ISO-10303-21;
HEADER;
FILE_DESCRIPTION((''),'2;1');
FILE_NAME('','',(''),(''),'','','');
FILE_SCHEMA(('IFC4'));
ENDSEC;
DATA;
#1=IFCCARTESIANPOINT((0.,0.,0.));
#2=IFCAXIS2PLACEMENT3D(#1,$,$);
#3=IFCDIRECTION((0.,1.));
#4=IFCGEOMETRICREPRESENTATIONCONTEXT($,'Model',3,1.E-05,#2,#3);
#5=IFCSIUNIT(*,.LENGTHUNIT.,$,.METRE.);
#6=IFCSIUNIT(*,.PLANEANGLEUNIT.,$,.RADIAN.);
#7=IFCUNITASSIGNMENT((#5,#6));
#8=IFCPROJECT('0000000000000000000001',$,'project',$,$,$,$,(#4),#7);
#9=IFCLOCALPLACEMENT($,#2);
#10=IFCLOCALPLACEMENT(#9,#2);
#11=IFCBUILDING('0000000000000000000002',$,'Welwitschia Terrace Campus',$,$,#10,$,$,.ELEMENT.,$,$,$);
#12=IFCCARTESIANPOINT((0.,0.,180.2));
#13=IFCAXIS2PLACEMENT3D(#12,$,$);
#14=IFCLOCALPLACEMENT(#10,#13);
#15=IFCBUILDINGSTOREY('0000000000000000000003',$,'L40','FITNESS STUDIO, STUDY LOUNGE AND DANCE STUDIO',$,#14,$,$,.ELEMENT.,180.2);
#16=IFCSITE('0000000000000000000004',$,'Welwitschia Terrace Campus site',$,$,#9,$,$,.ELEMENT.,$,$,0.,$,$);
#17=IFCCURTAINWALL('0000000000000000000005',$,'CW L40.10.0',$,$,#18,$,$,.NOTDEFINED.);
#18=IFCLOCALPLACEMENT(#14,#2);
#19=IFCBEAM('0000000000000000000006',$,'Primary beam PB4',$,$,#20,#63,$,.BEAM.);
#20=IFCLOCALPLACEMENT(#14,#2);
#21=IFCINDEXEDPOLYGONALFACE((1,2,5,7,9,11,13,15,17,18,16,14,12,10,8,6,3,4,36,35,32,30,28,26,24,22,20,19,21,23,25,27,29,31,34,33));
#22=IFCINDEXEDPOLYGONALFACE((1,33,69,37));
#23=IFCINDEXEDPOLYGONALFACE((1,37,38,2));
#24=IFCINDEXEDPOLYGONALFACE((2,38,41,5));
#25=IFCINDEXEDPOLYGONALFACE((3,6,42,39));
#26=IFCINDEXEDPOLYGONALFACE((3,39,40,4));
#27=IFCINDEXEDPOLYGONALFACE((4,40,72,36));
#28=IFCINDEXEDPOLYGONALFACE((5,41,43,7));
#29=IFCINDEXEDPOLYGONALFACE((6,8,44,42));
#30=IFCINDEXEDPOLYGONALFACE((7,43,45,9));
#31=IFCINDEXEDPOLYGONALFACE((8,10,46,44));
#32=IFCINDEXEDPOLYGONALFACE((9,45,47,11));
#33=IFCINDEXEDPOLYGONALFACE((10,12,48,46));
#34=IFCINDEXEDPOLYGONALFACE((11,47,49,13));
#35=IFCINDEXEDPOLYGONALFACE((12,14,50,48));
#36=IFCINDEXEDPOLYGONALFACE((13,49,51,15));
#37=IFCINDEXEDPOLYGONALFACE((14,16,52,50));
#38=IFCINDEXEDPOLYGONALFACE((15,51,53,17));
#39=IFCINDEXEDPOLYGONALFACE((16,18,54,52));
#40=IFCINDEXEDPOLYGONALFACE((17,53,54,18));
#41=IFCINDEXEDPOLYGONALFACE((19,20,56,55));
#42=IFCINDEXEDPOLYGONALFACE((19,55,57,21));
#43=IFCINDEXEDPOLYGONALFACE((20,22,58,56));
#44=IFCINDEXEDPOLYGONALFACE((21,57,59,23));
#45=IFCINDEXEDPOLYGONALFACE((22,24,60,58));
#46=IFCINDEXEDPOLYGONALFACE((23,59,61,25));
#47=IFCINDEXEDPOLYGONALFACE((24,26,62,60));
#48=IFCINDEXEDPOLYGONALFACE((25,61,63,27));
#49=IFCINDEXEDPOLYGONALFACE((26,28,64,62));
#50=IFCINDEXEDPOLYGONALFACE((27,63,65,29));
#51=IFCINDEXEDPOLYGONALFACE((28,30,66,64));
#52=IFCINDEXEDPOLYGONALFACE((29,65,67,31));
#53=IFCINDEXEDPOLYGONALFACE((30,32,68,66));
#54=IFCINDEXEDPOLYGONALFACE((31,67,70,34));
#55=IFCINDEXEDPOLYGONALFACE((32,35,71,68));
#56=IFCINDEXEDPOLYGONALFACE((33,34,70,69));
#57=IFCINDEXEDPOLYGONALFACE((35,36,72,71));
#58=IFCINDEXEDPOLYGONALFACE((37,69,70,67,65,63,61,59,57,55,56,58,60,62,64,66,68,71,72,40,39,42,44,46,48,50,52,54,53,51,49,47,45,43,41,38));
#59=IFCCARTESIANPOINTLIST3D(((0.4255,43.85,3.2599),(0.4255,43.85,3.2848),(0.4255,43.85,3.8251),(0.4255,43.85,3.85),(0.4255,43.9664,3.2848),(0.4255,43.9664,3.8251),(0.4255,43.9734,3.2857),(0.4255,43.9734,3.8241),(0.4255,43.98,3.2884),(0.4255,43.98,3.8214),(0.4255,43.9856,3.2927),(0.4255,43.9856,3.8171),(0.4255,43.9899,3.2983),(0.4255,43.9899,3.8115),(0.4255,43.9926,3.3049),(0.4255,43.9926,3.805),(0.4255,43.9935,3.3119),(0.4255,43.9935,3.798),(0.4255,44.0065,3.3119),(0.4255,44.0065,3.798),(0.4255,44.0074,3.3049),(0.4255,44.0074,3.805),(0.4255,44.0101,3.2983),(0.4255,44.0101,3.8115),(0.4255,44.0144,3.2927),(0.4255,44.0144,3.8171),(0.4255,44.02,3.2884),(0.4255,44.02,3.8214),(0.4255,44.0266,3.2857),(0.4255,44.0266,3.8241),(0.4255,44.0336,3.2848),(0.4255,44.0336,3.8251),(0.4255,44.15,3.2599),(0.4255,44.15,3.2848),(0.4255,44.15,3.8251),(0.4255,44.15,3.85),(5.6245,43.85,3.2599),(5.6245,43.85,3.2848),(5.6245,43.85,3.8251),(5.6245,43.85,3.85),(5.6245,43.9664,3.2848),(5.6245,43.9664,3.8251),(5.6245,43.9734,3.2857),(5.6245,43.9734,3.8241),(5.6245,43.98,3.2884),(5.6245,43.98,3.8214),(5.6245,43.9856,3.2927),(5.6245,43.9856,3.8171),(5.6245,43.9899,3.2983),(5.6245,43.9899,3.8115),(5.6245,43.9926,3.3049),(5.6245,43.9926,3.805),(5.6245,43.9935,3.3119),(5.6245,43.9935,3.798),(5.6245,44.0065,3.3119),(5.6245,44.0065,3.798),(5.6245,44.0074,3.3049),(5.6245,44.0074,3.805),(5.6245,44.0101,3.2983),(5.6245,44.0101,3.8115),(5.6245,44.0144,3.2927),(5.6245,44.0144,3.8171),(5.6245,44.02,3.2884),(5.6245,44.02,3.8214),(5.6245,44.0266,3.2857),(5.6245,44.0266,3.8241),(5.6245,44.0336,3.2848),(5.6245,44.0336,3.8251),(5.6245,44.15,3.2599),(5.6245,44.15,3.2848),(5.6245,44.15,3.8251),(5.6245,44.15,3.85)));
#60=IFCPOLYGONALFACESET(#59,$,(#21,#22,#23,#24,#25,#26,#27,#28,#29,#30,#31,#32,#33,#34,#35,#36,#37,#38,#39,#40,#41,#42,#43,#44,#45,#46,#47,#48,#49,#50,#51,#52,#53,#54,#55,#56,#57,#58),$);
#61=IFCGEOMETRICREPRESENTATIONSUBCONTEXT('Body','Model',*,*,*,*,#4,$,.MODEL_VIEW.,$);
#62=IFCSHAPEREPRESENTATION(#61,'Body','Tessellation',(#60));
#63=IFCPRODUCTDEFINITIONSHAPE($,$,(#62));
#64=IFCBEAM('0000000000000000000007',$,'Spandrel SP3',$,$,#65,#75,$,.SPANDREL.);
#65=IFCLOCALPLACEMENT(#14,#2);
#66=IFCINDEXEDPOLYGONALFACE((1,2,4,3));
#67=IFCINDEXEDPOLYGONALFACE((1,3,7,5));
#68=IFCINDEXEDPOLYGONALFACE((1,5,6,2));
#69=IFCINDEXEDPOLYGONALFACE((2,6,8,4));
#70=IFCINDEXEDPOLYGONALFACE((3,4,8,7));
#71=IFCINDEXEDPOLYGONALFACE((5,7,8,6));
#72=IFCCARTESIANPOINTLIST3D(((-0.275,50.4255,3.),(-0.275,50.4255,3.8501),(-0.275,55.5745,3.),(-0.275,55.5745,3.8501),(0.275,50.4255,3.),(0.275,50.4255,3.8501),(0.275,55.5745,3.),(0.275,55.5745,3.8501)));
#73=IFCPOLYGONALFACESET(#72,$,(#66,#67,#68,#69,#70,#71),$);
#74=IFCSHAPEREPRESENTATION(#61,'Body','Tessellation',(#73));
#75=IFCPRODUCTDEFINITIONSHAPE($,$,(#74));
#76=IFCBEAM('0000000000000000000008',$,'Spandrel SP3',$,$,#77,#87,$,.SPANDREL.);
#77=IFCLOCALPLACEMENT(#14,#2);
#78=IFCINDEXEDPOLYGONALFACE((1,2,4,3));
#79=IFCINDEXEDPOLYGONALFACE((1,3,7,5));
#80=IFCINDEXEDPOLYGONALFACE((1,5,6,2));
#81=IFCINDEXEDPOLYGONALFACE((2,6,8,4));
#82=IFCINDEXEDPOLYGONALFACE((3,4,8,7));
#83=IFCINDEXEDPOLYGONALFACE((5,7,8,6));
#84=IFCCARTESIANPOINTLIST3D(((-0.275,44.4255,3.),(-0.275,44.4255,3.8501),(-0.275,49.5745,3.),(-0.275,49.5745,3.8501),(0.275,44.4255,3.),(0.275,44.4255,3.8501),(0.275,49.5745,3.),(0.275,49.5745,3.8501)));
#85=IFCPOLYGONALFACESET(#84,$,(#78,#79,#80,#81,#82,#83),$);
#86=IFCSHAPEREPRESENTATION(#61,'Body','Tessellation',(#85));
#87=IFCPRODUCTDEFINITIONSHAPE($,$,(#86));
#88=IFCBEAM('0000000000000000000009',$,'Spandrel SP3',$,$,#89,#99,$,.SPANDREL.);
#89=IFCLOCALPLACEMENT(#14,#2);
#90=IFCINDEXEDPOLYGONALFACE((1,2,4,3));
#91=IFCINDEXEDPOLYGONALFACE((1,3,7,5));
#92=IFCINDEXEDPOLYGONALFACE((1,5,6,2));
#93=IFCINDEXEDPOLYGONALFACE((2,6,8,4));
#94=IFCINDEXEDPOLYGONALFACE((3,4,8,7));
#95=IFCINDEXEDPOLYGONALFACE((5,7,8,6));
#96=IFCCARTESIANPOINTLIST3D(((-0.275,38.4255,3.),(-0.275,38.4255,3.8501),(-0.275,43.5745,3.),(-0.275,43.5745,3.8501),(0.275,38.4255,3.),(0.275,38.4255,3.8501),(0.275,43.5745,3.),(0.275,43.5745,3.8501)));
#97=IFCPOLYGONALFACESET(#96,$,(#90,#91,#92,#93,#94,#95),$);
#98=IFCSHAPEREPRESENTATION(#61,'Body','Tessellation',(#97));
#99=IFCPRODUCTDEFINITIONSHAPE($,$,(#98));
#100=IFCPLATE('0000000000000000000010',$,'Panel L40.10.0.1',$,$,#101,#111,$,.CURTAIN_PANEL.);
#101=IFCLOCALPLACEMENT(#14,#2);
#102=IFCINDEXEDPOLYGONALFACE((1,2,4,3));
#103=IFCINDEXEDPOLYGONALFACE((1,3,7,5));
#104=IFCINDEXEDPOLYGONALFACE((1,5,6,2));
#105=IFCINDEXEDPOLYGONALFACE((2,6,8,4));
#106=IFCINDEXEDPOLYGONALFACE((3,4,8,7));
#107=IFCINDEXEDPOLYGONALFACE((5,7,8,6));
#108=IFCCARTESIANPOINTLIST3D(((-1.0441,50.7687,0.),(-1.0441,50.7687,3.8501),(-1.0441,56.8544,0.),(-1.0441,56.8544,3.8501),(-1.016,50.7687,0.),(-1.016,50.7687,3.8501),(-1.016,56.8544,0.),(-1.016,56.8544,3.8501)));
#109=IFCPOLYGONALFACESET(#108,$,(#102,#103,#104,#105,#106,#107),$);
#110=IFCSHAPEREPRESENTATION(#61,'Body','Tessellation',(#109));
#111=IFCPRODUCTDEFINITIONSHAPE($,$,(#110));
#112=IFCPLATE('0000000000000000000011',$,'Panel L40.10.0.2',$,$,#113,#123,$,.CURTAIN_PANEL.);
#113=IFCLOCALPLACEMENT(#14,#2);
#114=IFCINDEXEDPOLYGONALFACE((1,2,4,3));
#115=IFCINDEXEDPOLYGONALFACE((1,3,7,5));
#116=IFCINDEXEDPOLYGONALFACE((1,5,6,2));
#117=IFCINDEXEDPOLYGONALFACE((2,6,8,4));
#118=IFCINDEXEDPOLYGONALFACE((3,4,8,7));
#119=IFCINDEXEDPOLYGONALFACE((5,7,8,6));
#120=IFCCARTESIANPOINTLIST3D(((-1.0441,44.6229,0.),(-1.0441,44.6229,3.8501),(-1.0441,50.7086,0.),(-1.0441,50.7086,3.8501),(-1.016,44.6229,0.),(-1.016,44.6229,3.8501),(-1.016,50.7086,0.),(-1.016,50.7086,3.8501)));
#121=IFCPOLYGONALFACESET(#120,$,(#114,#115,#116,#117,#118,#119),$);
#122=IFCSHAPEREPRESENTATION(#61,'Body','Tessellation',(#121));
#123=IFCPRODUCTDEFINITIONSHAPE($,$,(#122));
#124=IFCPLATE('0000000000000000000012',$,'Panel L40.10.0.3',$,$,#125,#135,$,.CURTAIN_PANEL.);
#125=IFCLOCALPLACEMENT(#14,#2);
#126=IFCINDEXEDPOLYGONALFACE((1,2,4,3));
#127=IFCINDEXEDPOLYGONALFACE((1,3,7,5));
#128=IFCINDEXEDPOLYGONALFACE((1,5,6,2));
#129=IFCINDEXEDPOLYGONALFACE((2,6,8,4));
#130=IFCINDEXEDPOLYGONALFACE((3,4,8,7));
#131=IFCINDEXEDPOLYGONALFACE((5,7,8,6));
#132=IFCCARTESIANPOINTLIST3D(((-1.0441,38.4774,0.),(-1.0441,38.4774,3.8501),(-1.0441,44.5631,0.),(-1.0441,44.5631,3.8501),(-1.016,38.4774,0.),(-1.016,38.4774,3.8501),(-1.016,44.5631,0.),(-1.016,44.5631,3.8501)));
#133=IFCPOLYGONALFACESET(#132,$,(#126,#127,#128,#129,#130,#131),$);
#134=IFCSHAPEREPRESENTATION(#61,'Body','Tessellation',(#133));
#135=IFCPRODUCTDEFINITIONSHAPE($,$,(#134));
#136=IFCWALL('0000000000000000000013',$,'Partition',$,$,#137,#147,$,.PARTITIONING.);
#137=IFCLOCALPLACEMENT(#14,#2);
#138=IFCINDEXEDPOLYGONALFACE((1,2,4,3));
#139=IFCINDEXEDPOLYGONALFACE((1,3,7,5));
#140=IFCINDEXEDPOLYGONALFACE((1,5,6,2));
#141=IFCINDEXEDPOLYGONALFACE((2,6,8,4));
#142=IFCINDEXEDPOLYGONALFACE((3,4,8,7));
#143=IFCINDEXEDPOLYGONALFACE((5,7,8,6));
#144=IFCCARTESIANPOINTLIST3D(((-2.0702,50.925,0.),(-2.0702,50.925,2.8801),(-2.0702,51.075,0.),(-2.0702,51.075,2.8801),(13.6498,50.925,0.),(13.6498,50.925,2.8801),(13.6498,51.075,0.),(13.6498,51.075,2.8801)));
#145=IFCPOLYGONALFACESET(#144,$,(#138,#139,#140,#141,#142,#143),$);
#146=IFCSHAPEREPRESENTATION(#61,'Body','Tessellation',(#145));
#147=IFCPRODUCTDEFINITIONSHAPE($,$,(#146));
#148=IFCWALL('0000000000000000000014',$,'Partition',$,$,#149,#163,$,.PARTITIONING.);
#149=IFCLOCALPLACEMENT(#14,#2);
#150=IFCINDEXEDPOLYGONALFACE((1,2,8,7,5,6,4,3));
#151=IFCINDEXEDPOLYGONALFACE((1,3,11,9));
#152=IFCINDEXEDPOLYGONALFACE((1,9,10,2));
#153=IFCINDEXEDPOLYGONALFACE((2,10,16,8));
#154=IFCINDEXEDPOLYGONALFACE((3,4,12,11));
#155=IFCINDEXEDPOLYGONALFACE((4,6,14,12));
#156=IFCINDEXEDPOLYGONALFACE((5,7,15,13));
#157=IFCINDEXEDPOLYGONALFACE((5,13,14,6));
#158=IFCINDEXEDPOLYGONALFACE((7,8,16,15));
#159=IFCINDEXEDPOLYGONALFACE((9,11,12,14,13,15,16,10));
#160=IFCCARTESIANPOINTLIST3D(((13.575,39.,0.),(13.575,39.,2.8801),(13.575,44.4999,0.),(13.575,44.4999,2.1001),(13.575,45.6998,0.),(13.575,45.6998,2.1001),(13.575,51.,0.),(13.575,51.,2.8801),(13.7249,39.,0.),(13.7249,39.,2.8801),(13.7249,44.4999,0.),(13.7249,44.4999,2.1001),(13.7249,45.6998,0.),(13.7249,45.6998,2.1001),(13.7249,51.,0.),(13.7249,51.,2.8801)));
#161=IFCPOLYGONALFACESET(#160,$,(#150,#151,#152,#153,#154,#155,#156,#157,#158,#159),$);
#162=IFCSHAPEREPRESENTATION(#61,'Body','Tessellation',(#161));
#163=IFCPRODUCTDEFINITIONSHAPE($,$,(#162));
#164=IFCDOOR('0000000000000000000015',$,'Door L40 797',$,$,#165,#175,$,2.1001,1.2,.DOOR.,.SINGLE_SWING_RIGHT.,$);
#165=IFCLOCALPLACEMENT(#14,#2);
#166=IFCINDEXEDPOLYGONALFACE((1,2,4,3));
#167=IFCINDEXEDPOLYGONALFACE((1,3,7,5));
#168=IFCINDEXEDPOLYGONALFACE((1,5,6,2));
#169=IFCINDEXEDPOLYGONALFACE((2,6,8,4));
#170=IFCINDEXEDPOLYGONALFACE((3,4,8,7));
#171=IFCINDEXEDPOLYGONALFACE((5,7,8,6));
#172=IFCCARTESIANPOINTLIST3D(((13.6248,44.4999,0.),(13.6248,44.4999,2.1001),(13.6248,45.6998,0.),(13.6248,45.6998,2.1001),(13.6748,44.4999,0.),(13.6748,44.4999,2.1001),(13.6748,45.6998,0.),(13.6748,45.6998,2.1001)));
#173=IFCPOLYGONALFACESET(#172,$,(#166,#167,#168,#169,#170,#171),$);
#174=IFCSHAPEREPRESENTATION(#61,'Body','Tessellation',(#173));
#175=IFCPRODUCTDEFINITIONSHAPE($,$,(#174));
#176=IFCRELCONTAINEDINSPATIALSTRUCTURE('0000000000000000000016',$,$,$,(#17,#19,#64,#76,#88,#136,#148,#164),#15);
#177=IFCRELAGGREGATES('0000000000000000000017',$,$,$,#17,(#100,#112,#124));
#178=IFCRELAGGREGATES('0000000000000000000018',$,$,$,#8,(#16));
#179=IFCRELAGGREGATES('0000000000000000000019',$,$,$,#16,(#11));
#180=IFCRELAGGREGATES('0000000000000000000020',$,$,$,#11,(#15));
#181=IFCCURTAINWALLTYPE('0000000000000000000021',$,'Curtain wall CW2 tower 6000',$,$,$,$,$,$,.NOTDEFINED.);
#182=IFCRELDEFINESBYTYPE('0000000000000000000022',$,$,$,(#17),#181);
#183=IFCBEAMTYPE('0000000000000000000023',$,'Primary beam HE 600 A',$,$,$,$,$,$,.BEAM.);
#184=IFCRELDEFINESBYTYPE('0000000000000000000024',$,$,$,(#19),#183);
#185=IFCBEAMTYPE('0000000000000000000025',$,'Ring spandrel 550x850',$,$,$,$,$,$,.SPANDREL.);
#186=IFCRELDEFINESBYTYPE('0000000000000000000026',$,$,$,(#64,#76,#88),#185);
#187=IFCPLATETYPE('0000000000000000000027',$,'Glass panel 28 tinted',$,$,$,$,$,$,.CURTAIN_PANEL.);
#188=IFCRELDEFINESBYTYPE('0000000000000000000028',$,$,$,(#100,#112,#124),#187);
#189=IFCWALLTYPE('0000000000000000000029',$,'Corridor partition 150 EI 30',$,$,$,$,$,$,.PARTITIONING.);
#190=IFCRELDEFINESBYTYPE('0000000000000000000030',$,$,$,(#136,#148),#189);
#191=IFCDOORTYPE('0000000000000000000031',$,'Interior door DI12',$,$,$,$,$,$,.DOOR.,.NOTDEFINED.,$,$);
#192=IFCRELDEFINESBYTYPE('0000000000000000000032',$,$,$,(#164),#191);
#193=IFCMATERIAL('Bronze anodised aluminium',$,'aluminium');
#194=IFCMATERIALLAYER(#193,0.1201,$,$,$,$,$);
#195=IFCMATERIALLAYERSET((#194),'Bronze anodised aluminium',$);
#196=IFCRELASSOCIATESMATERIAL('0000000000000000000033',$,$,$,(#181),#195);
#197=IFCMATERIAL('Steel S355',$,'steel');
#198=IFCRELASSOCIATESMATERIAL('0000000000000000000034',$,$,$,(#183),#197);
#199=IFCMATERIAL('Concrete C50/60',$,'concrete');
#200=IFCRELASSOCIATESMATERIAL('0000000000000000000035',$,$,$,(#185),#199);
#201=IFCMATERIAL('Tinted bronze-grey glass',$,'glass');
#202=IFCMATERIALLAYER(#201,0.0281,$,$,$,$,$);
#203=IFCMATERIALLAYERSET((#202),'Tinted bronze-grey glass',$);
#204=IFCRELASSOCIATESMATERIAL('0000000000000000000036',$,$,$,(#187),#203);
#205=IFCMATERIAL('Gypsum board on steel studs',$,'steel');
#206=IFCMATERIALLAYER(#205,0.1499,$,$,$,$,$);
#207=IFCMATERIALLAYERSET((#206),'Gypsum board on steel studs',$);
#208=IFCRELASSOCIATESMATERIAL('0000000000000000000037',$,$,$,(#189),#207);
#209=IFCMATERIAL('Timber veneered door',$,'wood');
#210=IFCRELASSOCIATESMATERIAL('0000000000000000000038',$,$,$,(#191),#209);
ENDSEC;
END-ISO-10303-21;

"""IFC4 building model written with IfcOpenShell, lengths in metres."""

from ifc_helpers import new_model, si_unit, direction, frame, frame_2d, origin, origin_2d, place, context, subcontext, project, spatial, rectangle, i_section, extrude, material, layer, layer_set, material_profile, profile_set, type_object, element, fill, aggregate, save


model = new_model("IFC4")

# Units and contexts
model_context = context("Model", 3, precision=1e-05, world=origin(), true_north=direction((0.0, 1.0)))
body_context = subcontext(model_context, "Body", "Model", "MODEL_VIEW")
ifc_project = project(units=[si_unit("LENGTHUNIT", "METRE"), si_unit("PLANEANGLEUNIT", "RADIAN")], contexts=[model_context])

# Site, building, storey
site_placement = place(None, origin())
site = spatial("IfcSite", under=ifc_project, at=site_placement, Name="Welwitschia Terrace Campus site", CompositionType="ELEMENT", RefElevation=0.0)
building_placement = place(site_placement, origin())
building = spatial("IfcBuilding", under=site, at=building_placement, Name="Welwitschia Terrace Campus", CompositionType="ELEMENT")
storey_placement = place(building_placement, frame((0.0, 0.0, 180.2)))
storey = spatial("IfcBuildingStorey", under=building, at=storey_placement, Name="L40", Description="FITNESS STUDIO, STUDY LOUNGE AND DANCE STUDIO", CompositionType="ELEMENT", Elevation=180.2)

# Curtain wall
ifc_material_1 = material(Name="Bronze anodised aluminium", Category="aluminium")
ifc_layer_1 = layer(ifc_material_1, 0.1201)
ifc_layer_set_1 = layer_set([ifc_layer_1], Name="Bronze anodised aluminium")
curtain_wall_type = type_object("IfcCurtainWallType", Name="Curtain wall CW2 tower 6000", PredefinedType="NOTDEFINED", material=ifc_layer_set_1)
curtain_wall_placement = place(storey_placement, origin())
curtain_wall = element("IfcCurtainWall", 1, at=curtain_wall_placement, inside=storey, type_object=curtain_wall_type, Name="CW L40.10.0", PredefinedType="NOTDEFINED")

# Beams
ifc_material_2 = material(Name="Steel S355", Category="steel")
ifc_material_profile_1 = material_profile(ifc_material_2, i_section(OverallWidth=0.3, OverallDepth=0.5901, WebThickness=0.0129, FlangeThickness=0.0249, FilletRadius=0.0271, at=origin_2d()))
ifc_profile_set_1 = profile_set([ifc_material_profile_1], Name="Steel S355")
beam_type_1 = type_object("IfcBeamType", Name="Primary beam HE 600 A", PredefinedType="BEAM", material=ifc_profile_set_1)
for number, where, z_axis, x_axis, name in (
    (2, (0.4255, 44.0, 3.5549), (1.0, 0.0, 0.0), (0.0, 1.0, 0.0), "Primary beam PB4"),
):
    element("IfcBeam", number, at=place(storey_placement, frame(where, z_axis=z_axis, x_axis=x_axis)), inside=storey, type_object=beam_type_1, Name=name, PredefinedType="BEAM", context=body_context, shape_type="SweptSolid", body=[
        extrude(i_section(OverallWidth=0.3, OverallDepth=0.5901, WebThickness=0.0129, FlangeThickness=0.0249, FilletRadius=0.0271, at=origin_2d()), origin(), (0.0, 0.0, 1.0), 5.199),
    ])
ifc_material_3 = material(Name="Concrete C50/60", Category="concrete")
ifc_material_profile_2 = material_profile(ifc_material_3, rectangle(XDim=0.55, YDim=0.8501, at=origin_2d()))
ifc_profile_set_2 = profile_set([ifc_material_profile_2], Name="Concrete C50/60")
beam_type_2 = type_object("IfcBeamType", Name="Ring spandrel 550x850", PredefinedType="SPANDREL", material=ifc_profile_set_2)
for number, where, z_axis, x_axis, name in (
    (3, (0.0, 55.5745, 3.425), (0.0, -1.0, 0.0), (1.0, 0.0, 0.0), "Spandrel SP3"),
    (4, (0.0, 49.5745, 3.425), (0.0, -1.0, 0.0), (1.0, 0.0, 0.0), "Spandrel SP3"),
    (5, (0.0, 43.5745, 3.425), (0.0, -1.0, 0.0), (1.0, 0.0, 0.0), "Spandrel SP3"),
):
    element("IfcBeam", number, at=place(storey_placement, frame(where, z_axis=z_axis, x_axis=x_axis)), inside=storey, type_object=beam_type_2, Name=name, PredefinedType="SPANDREL", context=body_context, shape_type="SweptSolid", body=[
        extrude(rectangle(XDim=0.55, YDim=0.8501, at=origin_2d()), origin(), (0.0, 0.0, 1.0), 5.1489),
    ])

# Plates
ifc_material_4 = material(Name="Tinted bronze-grey glass", Category="glass")
ifc_layer_2 = layer(ifc_material_4, 0.0281)
ifc_layer_set_2 = layer_set([ifc_layer_2], Name="Tinted bronze-grey glass")
plate_type = type_object("IfcPlateType", Name="Glass panel 28 tinted", PredefinedType="CURTAIN_PANEL", material=ifc_layer_set_2)
plate_1_placement = place(storey_placement, frame((-1.03, 53.8115, 0.0), z_axis=(0.0, 0.0, 1.0), x_axis=(0.0, -1.0, 0.0)))
plate_1 = element("IfcPlate", 6, at=plate_1_placement, type_object=plate_type, Name="Panel L40.10.0.1", PredefinedType="CURTAIN_PANEL", context=body_context, shape_type="SweptSolid", body=[
    extrude(rectangle(XDim=6.0857, YDim=0.0281, at=origin_2d()), origin(), (0.0, 0.0, 1.0), 3.8501),
])
plate_2_placement = place(storey_placement, frame((-1.03, 47.6658, 0.0), z_axis=(0.0, 0.0, 1.0), x_axis=(0.0, -1.0, 0.0)))
plate_2 = element("IfcPlate", 7, at=plate_2_placement, type_object=plate_type, Name="Panel L40.10.0.2", PredefinedType="CURTAIN_PANEL", context=body_context, shape_type="SweptSolid", body=[
    extrude(rectangle(XDim=6.0857, YDim=0.0281, at=origin_2d()), origin(), (0.0, 0.0, 1.0), 3.8501),
])
plate_3_placement = place(storey_placement, frame((-1.03, 41.5203, 0.0), z_axis=(0.0, 0.0, 1.0), x_axis=(0.0, -1.0, 0.0)))
plate_3 = element("IfcPlate", 8, at=plate_3_placement, type_object=plate_type, Name="Panel L40.10.0.3", PredefinedType="CURTAIN_PANEL", context=body_context, shape_type="SweptSolid", body=[
    extrude(rectangle(XDim=6.0857, YDim=0.0281, at=origin_2d()), origin(), (0.0, 0.0, 1.0), 3.8501),
])
aggregate(curtain_wall, [plate_1, plate_2, plate_3])

# Wall
ifc_material_5 = material(Name="Gypsum board on steel studs", Category="steel")
ifc_layer_3 = layer(ifc_material_5, 0.1499)
ifc_layer_set_3 = layer_set([ifc_layer_3], Name="Gypsum board on steel studs")
wall_type = type_object("IfcWallType", Name="Corridor partition 150 EI 30", PredefinedType="PARTITIONING", material=ifc_layer_set_3)
wall_1_placement = place(storey_placement, frame((-2.0701, 51.0, 0.0), z_axis=(0.0, 0.0, 1.0), x_axis=(1.0, 0.0, 0.0)))
element("IfcWall", 9, at=wall_1_placement, inside=storey, type_object=wall_type, Name="Partition", PredefinedType="PARTITIONING", context=body_context, shape_type="SweptSolid", body=[
    extrude(rectangle(XDim=15.72, YDim=0.1499, at=frame_2d((7.8599, 0.0))), origin(), (0.0, 0.0, 1.0), 2.8801),
])

# Wall, opening, door
wall_2_placement = place(storey_placement, frame((13.6499, 51.0, 0.0), z_axis=(0.0, 0.0, 1.0), x_axis=(0.0, -1.0, 0.0)))
wall_2 = element("IfcWall", 10, at=wall_2_placement, inside=storey, type_object=wall_type, Name="Partition", PredefinedType="PARTITIONING", context=body_context, shape_type="SweptSolid", body=[
    extrude(rectangle(XDim=12.0, YDim=0.1499, at=frame_2d((6.0, 0.0))), origin(), (0.0, 0.0, 1.0), 2.8801),
])
opening_1_placement = place(wall_2_placement, frame((5.3, 0.0, 0.0)))
opening_1 = element("IfcOpeningElement", 11, at=opening_1_placement, cuts=wall_2, PredefinedType="OPENING", context=body_context, shape_type="SweptSolid", body=[
    extrude(rectangle(XDim=1.2, YDim=2.1001, at=frame_2d((0.6001, 1.05))), frame((0.0, 0.085, 0.0), z_axis=(0.0, -1.0, 0.0), x_axis=(1.0, 0.0, 0.0)), (0.0, 0.0, 1.0), 0.1699),
])
ifc_material_6 = material(Name="Timber veneered door", Category="wood")
door_type_1 = type_object("IfcDoorType", Name="Interior door DI12", OperationType="NOTDEFINED", PredefinedType="DOOR", material=ifc_material_6)
door_1_placement = place(opening_1_placement, origin())
door_1 = element("IfcDoor", 12, at=door_1_placement, inside=storey, type_object=door_type_1, Name="Door L40 797", OperationType="SINGLE_SWING_RIGHT", OverallHeight=2.1001, OverallWidth=1.2, PredefinedType="DOOR", context=body_context, shape_type="SweptSolid", body=[
    extrude(rectangle(XDim=1.2, YDim=2.1001, at=frame_2d((0.6001, 1.05))), frame((0.0, 0.0249, 0.0), z_axis=(0.0, -1.0, 0.0), x_axis=(1.0, 0.0, 0.0)), (0.0, 0.0, 1.0), 0.05),
])
fill(opening_1, door_1)

save(model, "model.ifc")
